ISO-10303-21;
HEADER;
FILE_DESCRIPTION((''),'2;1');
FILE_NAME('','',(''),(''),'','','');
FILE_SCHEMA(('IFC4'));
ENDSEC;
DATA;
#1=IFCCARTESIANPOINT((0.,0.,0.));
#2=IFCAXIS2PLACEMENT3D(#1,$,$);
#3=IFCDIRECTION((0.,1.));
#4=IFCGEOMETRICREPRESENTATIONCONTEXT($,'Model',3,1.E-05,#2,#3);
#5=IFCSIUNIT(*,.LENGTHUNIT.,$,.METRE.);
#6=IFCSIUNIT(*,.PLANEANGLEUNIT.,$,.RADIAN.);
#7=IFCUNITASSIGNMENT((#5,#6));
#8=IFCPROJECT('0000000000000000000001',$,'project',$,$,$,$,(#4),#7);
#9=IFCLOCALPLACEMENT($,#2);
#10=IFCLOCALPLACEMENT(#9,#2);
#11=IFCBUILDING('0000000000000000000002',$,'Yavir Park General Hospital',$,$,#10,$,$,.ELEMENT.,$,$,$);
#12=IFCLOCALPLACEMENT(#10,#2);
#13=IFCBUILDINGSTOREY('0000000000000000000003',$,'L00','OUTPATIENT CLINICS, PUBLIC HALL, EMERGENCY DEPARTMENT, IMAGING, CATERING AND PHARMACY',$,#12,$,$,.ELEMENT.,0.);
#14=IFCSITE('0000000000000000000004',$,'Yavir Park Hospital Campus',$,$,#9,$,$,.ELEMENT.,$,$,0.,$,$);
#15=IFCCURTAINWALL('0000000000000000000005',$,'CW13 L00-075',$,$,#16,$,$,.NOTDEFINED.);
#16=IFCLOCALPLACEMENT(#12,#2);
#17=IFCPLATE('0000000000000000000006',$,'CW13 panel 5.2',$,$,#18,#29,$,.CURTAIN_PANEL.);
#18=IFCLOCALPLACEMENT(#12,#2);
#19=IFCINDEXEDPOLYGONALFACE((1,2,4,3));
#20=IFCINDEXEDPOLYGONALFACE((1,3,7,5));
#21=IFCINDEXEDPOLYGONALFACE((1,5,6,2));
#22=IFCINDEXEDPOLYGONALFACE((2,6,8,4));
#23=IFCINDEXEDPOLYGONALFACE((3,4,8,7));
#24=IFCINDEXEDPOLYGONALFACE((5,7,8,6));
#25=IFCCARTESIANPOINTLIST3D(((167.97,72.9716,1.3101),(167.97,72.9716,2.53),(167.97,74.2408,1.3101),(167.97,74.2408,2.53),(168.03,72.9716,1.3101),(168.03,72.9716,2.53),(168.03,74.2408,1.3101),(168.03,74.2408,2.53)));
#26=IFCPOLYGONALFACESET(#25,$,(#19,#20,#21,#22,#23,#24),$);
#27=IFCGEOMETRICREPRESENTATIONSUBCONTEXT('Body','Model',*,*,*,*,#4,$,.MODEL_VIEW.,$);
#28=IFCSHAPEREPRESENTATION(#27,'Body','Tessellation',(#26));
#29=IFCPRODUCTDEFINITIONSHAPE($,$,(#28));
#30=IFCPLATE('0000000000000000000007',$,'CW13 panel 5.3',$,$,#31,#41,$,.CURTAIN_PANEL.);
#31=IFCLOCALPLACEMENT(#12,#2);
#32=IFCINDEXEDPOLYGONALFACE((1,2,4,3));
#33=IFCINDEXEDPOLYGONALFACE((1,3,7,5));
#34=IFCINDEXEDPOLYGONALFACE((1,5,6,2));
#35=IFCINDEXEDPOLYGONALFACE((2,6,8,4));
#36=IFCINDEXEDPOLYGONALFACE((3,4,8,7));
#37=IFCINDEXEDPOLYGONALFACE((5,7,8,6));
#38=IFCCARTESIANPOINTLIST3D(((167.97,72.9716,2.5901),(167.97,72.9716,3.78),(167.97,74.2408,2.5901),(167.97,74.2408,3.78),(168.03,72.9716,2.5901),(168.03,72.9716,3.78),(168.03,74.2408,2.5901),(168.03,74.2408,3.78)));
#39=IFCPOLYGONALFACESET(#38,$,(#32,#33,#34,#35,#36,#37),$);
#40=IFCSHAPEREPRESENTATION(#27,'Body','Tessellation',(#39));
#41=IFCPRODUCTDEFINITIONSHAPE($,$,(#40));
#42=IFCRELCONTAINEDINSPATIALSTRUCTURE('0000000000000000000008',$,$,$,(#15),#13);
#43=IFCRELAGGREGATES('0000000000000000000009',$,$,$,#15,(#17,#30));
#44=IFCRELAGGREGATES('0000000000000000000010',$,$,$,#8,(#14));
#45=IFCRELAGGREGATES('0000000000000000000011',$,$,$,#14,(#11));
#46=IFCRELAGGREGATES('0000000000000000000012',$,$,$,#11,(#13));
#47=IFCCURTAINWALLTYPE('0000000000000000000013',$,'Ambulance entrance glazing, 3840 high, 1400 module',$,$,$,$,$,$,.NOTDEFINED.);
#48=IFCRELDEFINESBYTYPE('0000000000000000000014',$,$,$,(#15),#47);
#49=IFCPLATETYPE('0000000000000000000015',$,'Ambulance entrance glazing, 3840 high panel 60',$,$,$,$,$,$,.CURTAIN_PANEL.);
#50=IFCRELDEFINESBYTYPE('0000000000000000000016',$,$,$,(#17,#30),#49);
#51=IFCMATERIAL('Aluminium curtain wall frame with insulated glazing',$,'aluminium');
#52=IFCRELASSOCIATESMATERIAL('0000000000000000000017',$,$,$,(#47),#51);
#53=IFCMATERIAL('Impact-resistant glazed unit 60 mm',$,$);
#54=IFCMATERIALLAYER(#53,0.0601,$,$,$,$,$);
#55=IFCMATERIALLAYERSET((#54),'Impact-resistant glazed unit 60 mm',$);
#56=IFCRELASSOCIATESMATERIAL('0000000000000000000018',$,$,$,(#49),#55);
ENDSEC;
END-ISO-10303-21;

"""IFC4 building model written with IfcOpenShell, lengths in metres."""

from ifc_helpers import new_model, si_unit, direction, frame, origin, origin_2d, place, context, subcontext, project, spatial, rectangle, extrude, material, layer, layer_set, type_object, element, aggregate, save


model = new_model("IFC4")

# Units and contexts
model_context = context("Model", 3, precision=1e-05, world=origin(), true_north=direction((0.0, 1.0)))
body_context = subcontext(model_context, "Body", "Model", "MODEL_VIEW")
ifc_project = project(units=[si_unit("LENGTHUNIT", "METRE"), si_unit("PLANEANGLEUNIT", "RADIAN")], contexts=[model_context])

# Site, building, storey
site_placement = place(None, origin())
site = spatial("IfcSite", under=ifc_project, at=site_placement, Name="Yavir Park Hospital Campus", CompositionType="ELEMENT", RefElevation=0.0)
building_placement = place(site_placement, origin())
building = spatial("IfcBuilding", under=site, at=building_placement, Name="Yavir Park General Hospital", CompositionType="ELEMENT")
storey_placement = place(building_placement, origin())
storey = spatial("IfcBuildingStorey", under=building, at=storey_placement, Name="L00", Description="OUTPATIENT CLINICS, PUBLIC HALL, EMERGENCY DEPARTMENT, IMAGING, CATERING AND PHARMACY", CompositionType="ELEMENT", Elevation=0.0)

# Curtain wall, plates
ifc_material_1 = material(Name="Aluminium curtain wall frame with insulated glazing", Category="aluminium")
curtain_wall_type = type_object("IfcCurtainWallType", Name="Ambulance entrance glazing, 3840 high, 1400 module", PredefinedType="NOTDEFINED", material=ifc_material_1)
curtain_wall_placement = place(storey_placement, origin())
curtain_wall = element("IfcCurtainWall", 1, at=curtain_wall_placement, inside=storey, type_object=curtain_wall_type, Name="CW13 L00-075", PredefinedType="NOTDEFINED")
ifc_material_2 = material(Name="Impact-resistant glazed unit 60 mm")
ifc_layer = layer(ifc_material_2, 0.0601)
ifc_layer_set = layer_set([ifc_layer], Name="Impact-resistant glazed unit 60 mm")
plate_type = type_object("IfcPlateType", Name="Ambulance entrance glazing, 3840 high panel 60", PredefinedType="CURTAIN_PANEL", material=ifc_layer_set)
plate_1_placement = place(storey_placement, frame((168.0, 73.6062, 1.3101), z_axis=(0.0, 0.0, 1.0), x_axis=(0.0, 1.0, 0.0)))
plate_1 = element("IfcPlate", 2, at=plate_1_placement, type_object=plate_type, Name="CW13 panel 5.2", PredefinedType="CURTAIN_PANEL", context=body_context, shape_type="SweptSolid", body=[
    extrude(rectangle(XDim=1.2693, YDim=0.0601, at=origin_2d()), origin(), (0.0, 0.0, 1.0), 1.22),
])
plate_2_placement = place(storey_placement, frame((168.0, 73.6062, 2.5901), z_axis=(0.0, 0.0, 1.0), x_axis=(0.0, 1.0, 0.0)))
plate_2 = element("IfcPlate", 3, at=plate_2_placement, type_object=plate_type, Name="CW13 panel 5.3", PredefinedType="CURTAIN_PANEL", context=body_context, shape_type="SweptSolid", body=[
    extrude(rectangle(XDim=1.2693, YDim=0.0601, at=origin_2d()), origin(), (0.0, 0.0, 1.0), 1.1899),
])
aggregate(curtain_wall, [plate_1, plate_2])

save(model, "model.ifc")
